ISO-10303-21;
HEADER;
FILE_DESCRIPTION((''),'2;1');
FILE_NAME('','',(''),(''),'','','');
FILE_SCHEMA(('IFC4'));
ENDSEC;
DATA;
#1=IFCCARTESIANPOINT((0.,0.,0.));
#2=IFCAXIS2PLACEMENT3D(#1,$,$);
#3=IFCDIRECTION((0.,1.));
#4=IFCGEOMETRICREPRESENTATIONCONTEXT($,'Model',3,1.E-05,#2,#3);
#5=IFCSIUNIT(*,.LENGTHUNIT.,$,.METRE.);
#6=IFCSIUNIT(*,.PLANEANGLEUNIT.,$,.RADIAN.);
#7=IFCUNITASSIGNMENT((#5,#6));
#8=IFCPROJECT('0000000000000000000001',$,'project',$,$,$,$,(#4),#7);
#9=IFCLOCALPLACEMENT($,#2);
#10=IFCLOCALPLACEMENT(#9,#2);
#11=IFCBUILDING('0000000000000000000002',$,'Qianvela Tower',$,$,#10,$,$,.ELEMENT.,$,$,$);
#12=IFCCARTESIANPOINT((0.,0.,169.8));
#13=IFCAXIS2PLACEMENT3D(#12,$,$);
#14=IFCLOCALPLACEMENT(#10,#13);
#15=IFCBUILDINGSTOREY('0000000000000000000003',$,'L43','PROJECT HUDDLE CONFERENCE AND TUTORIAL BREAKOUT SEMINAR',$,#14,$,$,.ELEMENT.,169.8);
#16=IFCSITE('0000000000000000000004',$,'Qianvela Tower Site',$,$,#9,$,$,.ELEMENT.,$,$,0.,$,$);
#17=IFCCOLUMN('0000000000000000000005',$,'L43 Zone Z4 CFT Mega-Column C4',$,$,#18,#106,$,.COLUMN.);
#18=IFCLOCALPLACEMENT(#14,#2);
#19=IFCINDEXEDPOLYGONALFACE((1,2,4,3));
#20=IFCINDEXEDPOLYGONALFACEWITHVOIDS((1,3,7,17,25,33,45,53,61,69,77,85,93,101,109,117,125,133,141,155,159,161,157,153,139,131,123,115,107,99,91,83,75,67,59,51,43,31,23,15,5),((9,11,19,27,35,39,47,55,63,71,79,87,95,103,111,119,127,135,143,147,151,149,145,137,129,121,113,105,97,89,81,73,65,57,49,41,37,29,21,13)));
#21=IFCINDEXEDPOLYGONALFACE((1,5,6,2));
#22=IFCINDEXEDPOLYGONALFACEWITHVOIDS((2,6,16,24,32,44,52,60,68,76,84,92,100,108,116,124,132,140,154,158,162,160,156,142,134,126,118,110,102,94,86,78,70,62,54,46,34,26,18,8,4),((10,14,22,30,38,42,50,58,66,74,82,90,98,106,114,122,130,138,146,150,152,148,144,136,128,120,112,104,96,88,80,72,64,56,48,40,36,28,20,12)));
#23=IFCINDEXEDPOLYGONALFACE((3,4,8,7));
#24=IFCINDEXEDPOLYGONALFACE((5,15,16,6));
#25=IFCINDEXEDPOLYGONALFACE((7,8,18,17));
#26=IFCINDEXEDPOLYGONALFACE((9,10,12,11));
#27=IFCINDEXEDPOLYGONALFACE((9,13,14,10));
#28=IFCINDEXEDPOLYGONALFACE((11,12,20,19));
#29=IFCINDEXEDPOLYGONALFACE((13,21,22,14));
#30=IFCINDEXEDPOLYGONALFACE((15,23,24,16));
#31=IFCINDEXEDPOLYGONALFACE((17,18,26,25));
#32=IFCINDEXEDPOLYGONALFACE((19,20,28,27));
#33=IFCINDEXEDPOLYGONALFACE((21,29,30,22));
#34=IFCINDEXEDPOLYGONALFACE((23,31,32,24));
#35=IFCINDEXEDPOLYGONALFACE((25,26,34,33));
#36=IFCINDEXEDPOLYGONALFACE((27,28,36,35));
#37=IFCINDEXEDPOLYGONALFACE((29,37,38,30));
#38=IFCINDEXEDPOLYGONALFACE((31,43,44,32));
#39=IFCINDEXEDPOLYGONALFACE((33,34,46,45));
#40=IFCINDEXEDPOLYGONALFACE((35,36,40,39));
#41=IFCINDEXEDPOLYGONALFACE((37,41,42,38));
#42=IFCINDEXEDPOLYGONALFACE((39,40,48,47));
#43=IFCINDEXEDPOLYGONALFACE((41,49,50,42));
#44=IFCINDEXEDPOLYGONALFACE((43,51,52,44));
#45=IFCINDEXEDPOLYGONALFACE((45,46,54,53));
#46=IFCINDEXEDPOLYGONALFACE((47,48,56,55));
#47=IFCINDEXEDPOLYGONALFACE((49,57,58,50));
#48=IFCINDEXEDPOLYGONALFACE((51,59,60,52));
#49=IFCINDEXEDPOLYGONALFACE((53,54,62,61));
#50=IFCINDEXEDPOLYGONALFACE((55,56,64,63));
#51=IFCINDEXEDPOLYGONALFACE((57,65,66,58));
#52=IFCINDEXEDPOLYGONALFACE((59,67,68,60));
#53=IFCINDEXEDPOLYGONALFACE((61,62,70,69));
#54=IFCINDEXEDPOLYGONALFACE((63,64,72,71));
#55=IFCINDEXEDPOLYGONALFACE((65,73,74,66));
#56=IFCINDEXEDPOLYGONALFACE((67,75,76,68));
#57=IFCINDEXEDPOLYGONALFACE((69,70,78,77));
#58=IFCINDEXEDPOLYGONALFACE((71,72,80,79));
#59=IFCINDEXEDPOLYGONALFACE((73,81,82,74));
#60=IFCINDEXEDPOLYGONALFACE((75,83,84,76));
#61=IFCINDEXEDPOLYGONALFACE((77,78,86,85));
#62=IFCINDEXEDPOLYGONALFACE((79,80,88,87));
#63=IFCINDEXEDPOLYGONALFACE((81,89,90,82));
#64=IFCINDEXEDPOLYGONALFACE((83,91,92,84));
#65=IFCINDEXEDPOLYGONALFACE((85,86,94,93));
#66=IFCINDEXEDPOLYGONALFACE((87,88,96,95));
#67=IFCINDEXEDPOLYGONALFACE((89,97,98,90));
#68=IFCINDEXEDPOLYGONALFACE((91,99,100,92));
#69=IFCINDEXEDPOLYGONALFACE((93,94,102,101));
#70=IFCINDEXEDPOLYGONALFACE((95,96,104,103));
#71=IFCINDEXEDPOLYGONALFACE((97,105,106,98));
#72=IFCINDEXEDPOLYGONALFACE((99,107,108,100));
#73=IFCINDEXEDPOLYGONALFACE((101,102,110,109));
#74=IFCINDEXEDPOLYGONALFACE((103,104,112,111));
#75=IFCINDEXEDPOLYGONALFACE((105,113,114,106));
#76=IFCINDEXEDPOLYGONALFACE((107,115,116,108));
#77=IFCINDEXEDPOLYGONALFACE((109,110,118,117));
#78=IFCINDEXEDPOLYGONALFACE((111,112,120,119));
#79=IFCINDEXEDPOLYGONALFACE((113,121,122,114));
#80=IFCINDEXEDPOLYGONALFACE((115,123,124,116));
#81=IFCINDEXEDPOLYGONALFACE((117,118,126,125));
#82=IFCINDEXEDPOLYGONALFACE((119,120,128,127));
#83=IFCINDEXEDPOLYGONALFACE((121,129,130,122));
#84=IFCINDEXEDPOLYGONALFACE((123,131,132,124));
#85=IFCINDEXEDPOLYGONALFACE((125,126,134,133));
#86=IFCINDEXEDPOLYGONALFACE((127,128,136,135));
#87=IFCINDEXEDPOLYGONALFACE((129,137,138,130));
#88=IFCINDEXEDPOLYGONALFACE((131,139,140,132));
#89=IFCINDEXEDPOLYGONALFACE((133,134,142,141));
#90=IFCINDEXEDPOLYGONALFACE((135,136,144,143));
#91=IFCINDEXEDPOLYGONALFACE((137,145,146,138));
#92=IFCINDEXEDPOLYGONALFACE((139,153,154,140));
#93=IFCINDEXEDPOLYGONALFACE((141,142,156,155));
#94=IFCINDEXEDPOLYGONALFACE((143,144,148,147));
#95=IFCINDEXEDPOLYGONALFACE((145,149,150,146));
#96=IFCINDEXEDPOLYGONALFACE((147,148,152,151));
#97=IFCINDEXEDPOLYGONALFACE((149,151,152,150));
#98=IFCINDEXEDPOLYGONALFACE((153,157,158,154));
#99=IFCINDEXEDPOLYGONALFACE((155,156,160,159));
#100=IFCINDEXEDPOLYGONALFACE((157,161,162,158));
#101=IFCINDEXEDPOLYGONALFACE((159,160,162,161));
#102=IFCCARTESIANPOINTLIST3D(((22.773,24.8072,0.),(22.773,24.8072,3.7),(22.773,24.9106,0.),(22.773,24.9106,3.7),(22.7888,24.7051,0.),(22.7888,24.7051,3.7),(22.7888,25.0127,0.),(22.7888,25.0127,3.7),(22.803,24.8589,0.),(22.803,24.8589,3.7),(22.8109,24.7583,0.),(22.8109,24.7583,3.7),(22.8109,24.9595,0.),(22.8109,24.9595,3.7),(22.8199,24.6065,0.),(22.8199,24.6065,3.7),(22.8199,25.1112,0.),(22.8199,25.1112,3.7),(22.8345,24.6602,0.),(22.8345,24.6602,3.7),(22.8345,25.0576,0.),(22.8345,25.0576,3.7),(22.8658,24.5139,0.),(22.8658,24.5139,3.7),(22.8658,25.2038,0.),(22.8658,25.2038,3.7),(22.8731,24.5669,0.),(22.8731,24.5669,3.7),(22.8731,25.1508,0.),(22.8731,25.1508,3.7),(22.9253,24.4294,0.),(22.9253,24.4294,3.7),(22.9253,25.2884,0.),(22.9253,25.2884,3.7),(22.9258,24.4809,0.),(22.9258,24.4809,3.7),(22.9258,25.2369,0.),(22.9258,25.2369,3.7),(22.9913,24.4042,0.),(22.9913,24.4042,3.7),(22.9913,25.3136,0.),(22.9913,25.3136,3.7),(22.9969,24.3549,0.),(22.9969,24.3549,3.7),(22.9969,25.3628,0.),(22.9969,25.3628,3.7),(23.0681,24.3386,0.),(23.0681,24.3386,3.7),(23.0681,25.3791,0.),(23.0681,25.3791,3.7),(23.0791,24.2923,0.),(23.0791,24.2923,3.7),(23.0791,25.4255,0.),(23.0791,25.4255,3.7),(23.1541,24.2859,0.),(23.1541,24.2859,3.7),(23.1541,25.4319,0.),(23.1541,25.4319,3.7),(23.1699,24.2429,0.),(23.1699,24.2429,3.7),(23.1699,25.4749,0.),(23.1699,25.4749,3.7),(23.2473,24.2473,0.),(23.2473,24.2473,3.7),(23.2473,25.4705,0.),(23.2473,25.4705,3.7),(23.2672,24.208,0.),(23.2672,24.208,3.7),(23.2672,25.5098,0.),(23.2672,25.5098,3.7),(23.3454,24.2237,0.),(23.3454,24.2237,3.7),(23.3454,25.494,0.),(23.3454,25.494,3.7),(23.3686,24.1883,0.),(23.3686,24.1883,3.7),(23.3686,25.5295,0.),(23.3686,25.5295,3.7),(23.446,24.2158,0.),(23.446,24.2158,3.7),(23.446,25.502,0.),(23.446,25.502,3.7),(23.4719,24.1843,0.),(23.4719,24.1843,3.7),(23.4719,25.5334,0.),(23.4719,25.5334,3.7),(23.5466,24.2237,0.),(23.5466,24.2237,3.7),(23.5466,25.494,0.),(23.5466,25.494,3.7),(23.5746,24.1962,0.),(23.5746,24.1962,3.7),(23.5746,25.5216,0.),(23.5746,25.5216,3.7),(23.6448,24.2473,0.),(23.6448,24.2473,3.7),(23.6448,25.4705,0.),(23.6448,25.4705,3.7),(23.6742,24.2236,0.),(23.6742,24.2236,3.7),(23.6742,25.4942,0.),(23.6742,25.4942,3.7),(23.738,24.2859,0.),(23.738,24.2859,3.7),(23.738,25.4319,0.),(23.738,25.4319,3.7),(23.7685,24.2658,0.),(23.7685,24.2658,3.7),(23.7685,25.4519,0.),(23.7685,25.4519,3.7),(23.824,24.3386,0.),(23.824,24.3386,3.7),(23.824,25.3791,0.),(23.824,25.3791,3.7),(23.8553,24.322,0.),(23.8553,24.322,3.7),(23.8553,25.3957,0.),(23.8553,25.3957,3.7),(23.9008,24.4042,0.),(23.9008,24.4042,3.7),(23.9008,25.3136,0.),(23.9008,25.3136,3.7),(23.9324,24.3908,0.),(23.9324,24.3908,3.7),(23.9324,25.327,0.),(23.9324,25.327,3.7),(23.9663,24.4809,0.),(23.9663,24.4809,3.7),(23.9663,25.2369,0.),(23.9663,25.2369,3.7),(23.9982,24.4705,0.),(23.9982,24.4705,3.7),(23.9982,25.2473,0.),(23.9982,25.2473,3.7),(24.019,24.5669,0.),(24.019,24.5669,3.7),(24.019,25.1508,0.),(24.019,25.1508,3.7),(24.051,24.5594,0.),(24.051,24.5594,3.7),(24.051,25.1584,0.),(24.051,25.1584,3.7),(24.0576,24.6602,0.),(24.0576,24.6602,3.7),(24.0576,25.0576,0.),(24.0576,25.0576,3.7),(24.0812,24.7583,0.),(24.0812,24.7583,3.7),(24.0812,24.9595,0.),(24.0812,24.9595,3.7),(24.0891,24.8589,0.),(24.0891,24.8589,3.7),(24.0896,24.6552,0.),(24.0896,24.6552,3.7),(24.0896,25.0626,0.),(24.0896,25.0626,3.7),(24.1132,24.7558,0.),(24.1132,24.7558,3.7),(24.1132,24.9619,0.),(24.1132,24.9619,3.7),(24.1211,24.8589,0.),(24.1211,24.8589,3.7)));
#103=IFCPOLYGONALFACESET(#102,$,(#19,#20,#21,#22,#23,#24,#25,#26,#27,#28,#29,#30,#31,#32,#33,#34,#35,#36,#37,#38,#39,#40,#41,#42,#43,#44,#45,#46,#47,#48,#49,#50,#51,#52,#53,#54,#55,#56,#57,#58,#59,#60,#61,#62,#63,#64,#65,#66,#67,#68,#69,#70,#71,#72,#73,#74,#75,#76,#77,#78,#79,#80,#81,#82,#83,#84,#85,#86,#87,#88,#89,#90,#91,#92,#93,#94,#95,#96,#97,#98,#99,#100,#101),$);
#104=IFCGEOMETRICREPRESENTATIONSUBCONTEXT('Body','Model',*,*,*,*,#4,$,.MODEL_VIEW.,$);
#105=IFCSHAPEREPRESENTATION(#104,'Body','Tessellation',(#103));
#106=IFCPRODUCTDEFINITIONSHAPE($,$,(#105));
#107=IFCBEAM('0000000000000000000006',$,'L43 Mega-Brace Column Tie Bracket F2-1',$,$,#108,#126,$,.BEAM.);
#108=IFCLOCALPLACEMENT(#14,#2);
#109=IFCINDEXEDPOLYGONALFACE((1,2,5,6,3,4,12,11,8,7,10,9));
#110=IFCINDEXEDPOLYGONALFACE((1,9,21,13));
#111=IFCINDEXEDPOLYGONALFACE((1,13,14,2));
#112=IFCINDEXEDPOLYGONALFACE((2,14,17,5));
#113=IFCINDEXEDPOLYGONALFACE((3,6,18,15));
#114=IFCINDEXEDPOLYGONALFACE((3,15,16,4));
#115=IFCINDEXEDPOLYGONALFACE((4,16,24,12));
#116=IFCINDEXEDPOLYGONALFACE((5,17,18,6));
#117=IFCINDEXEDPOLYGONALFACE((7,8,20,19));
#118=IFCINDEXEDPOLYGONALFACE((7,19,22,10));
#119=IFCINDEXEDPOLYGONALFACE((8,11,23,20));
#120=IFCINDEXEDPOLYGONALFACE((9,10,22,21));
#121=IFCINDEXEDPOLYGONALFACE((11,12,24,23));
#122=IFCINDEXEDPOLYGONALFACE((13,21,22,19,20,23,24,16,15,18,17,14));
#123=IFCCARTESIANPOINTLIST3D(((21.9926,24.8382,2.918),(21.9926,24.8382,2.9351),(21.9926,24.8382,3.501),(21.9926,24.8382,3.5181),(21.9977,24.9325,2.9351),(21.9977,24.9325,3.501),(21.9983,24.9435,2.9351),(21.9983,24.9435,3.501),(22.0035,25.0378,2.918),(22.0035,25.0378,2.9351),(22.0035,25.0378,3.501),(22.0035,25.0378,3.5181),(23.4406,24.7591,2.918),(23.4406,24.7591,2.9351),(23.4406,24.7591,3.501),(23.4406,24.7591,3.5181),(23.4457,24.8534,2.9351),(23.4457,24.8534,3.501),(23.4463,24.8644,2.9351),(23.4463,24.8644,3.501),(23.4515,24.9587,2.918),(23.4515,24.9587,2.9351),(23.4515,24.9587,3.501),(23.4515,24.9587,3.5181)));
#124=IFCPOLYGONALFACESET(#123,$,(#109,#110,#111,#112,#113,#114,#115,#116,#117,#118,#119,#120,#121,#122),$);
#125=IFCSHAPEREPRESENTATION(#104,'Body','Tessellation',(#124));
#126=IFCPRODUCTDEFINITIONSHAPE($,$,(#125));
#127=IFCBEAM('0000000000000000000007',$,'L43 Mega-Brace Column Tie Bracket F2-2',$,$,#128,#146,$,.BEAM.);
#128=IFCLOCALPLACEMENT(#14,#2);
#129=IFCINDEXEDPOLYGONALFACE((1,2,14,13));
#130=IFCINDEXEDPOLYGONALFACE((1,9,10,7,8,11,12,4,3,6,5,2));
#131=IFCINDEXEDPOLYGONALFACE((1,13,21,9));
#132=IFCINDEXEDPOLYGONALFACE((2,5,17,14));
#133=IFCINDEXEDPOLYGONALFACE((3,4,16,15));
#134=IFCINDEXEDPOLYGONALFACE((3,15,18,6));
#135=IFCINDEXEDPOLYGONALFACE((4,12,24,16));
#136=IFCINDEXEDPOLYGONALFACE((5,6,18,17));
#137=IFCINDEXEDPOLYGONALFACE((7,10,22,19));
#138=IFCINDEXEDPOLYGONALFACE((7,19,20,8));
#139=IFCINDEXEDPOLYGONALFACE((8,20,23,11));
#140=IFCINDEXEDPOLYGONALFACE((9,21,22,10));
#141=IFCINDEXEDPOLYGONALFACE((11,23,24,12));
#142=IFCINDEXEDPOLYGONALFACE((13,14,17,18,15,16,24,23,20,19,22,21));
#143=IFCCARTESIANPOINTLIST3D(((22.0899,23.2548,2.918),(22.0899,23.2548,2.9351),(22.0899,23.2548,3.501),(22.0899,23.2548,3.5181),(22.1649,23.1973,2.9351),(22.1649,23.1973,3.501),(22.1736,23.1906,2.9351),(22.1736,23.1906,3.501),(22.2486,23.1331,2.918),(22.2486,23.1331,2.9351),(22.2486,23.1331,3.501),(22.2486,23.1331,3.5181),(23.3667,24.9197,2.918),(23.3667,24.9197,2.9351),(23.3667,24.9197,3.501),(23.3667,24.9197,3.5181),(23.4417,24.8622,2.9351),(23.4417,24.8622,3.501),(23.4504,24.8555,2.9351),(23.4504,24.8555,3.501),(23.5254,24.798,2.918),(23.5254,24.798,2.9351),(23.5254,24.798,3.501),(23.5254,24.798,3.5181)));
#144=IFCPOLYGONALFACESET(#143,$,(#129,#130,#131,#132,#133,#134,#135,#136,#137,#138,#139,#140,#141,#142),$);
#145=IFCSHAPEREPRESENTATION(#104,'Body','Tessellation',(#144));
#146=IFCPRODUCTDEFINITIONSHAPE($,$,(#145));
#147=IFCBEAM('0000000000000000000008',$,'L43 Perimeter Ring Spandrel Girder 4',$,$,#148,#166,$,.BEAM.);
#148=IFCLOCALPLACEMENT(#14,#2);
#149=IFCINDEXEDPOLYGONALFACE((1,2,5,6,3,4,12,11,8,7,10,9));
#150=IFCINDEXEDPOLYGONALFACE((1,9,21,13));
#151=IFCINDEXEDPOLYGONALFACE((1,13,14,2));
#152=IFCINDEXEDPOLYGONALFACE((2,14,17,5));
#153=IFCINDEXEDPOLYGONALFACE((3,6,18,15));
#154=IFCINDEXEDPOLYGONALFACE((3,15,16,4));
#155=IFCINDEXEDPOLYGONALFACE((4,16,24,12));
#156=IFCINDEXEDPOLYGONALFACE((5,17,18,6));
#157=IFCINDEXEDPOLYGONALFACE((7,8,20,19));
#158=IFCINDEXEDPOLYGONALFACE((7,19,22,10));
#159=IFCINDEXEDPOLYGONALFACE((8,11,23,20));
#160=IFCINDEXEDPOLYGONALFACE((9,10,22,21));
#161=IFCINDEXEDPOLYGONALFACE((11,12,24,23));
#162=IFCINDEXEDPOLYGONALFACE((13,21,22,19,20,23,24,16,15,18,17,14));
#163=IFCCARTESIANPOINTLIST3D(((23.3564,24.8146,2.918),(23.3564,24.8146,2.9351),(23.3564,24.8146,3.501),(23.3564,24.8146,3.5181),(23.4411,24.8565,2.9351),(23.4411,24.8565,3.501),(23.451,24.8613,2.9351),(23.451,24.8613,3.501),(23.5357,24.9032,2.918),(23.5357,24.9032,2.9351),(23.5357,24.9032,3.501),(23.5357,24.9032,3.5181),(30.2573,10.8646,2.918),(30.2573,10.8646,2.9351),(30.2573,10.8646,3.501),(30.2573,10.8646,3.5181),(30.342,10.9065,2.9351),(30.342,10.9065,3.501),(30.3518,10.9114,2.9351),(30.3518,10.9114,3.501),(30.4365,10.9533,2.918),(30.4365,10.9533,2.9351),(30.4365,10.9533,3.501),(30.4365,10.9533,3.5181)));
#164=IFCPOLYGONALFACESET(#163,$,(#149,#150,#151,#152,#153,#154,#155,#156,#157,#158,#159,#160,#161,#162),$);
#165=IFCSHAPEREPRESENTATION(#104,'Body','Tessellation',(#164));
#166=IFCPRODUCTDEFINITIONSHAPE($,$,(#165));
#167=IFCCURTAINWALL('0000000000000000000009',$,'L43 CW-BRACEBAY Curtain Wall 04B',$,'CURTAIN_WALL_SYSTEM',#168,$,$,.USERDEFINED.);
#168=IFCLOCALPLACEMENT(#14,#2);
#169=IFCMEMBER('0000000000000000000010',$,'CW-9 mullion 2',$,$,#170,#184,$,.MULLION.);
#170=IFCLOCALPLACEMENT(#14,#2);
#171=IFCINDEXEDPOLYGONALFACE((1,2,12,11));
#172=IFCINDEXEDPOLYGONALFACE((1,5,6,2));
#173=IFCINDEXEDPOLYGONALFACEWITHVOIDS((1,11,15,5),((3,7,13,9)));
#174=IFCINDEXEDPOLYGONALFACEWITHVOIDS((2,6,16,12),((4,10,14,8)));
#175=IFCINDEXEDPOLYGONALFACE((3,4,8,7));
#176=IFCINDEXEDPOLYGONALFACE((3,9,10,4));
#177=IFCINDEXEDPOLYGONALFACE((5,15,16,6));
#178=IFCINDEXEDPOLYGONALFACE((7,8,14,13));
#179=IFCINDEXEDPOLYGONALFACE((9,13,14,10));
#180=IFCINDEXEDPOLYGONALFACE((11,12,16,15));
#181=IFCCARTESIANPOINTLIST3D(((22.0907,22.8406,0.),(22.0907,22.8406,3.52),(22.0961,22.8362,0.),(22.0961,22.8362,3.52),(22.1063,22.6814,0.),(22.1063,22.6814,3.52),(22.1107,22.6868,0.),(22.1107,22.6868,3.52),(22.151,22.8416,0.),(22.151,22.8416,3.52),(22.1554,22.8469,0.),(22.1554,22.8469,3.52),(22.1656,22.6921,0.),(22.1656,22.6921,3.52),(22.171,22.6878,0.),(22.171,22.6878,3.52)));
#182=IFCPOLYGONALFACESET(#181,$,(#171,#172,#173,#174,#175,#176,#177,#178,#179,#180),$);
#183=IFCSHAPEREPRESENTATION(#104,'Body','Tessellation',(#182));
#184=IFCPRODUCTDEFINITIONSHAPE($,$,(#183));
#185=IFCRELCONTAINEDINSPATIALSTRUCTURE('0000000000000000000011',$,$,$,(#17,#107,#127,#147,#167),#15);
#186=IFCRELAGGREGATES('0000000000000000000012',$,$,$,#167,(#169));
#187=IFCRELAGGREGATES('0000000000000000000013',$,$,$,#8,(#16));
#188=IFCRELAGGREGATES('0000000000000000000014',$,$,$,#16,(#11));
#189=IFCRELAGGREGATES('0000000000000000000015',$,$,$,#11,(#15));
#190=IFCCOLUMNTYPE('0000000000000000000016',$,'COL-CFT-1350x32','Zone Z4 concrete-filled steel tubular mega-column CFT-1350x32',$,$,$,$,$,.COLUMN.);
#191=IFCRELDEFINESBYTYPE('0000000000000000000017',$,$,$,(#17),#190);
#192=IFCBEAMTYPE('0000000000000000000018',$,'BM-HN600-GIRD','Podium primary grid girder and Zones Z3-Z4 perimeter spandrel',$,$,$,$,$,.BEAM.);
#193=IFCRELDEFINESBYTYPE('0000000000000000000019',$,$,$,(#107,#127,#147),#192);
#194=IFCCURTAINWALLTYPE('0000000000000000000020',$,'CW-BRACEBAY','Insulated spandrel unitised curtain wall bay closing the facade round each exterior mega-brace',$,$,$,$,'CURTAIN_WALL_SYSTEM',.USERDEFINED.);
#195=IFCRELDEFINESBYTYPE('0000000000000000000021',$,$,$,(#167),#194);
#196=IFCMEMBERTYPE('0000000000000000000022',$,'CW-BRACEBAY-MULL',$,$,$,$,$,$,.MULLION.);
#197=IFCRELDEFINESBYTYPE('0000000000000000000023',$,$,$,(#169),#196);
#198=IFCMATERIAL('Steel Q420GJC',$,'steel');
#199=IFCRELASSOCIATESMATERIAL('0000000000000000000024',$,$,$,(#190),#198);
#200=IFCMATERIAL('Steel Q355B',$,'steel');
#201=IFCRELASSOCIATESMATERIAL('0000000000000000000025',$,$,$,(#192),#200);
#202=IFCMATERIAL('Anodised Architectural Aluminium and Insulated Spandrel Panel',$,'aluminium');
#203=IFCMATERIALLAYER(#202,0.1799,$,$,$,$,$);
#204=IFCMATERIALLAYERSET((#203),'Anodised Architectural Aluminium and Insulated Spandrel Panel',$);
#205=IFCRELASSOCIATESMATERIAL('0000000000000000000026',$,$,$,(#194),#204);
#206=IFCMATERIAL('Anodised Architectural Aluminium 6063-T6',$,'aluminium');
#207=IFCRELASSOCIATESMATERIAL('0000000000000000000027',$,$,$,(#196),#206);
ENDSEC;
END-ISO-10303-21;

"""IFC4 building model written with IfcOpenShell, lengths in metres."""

from ifc_helpers import new_model, si_unit, direction, frame, origin, origin_2d, place, context, subcontext, project, spatial, hollow_rectangle, hollow_circle, i_section, extrude, material, layer, layer_set, material_profile, profile_set, type_object, element, aggregate, save


model = new_model("IFC4")

# Units and contexts
model_context = context("Model", 3, precision=1e-05, world=origin(), true_north=direction((0.0, 1.0)))
body_context = subcontext(model_context, "Body", "Model", "MODEL_VIEW")
ifc_project = project(units=[si_unit("LENGTHUNIT", "METRE"), si_unit("PLANEANGLEUNIT", "RADIAN")], contexts=[model_context])

# Site, building, storey
site_placement = place(None, origin())
site = spatial("IfcSite", under=ifc_project, at=site_placement, Name="Qianvela Tower Site", CompositionType="ELEMENT", RefElevation=0.0)
building_placement = place(site_placement, origin())
building = spatial("IfcBuilding", under=site, at=building_placement, Name="Qianvela Tower", CompositionType="ELEMENT")
storey_placement = place(building_placement, frame((0.0, 0.0, 169.8)))
storey = spatial("IfcBuildingStorey", under=building, at=storey_placement, Name="L43", Description="PROJECT HUDDLE CONFERENCE AND TUTORIAL BREAKOUT SEMINAR", CompositionType="ELEMENT", Elevation=169.8)

# Column
ifc_material_1 = material(Name="Steel Q420GJC", Category="steel")
ifc_material_profile_1 = material_profile(ifc_material_1, hollow_circle(Radius=0.675, WallThickness=0.032, at=origin_2d()), Name="CFT-1350x32")
ifc_profile_set_1 = profile_set([ifc_material_profile_1], Name="Steel Q420GJC")
column_type = type_object("IfcColumnType", Name="COL-CFT-1350x32", Description="Zone Z4 concrete-filled steel tubular mega-column CFT-1350x32", PredefinedType="COLUMN", material=ifc_profile_set_1)
column_placement = place(storey_placement, frame((23.446, 24.8589, 0.0), z_axis=(0.0, 0.0, 1.0), x_axis=(1.0, 0.0, 0.0)))
element("IfcColumn", 1, at=column_placement, inside=storey, type_object=column_type, Name="L43 Zone Z4 CFT Mega-Column C4", PredefinedType="COLUMN", context=body_context, shape_type="SweptSolid", body=[
    extrude(hollow_circle(Radius=0.675, WallThickness=0.032, at=origin_2d()), origin(), (0.0, 0.0, 1.0), 3.7),
])

# Beams
ifc_material_2 = material(Name="Steel Q355B", Category="steel")
ifc_material_profile_2 = material_profile(ifc_material_2, i_section(OverallWidth=0.2, OverallDepth=0.6001, WebThickness=0.011, FlangeThickness=0.0171, at=origin_2d()), Name="HN600x200x11x17")
ifc_profile_set_2 = profile_set([ifc_material_profile_2], Name="Steel Q355B")
beam_type = type_object("IfcBeamType", Name="BM-HN600-GIRD", Description="Podium primary grid girder and Zones Z3-Z4 perimeter spandrel", PredefinedType="BEAM", material=ifc_profile_set_2)
beam_1_placement = place(storey_placement, frame((23.446, 24.8589, 3.218), z_axis=(-0.998511, 0.054547, 0.0), x_axis=(-0.054547, -0.998511, 0.0)))
element("IfcBeam", 2, at=beam_1_placement, inside=storey, type_object=beam_type, Name="L43 Mega-Brace Column Tie Bracket F2-1", PredefinedType="BEAM", context=body_context, shape_type="SweptSolid", body=[
    extrude(i_section(OverallWidth=0.2, OverallDepth=0.6001, WebThickness=0.011, FlangeThickness=0.0171, at=origin_2d()), origin(), (0.0, 0.0, 1.0), 1.4502),
])
beam_2_placement = place(storey_placement, frame((23.446, 24.8589, 3.218), z_axis=(-0.608529, -0.793531, 0.0), x_axis=(0.793531, -0.608529, 0.0)))
element("IfcBeam", 3, at=beam_2_placement, inside=storey, type_object=beam_type, Name="L43 Mega-Brace Column Tie Bracket F2-2", PredefinedType="BEAM", context=body_context, shape_type="SweptSolid", body=[
    extrude(i_section(OverallWidth=0.2, OverallDepth=0.6001, WebThickness=0.011, FlangeThickness=0.0171, at=origin_2d()), origin(), (0.0, 0.0, 1.0), 2.0981),
])
beam_3_placement = place(storey_placement, frame((23.446, 24.8589, 3.218), z_axis=(0.443401, -0.896323, 0.0), x_axis=(0.896323, 0.443401, 0.0)))
element("IfcBeam", 4, at=beam_3_placement, inside=storey, type_object=beam_type, Name="L43 Perimeter Ring Spandrel Girder 4", PredefinedType="BEAM", context=body_context, shape_type="SweptSolid", body=[
    extrude(i_section(OverallWidth=0.2, OverallDepth=0.6001, WebThickness=0.011, FlangeThickness=0.0171, at=origin_2d()), origin(), (0.0, 0.0, 1.0), 15.5635),
])

# Curtain wall, member
ifc_material_3 = material(Name="Anodised Architectural Aluminium and Insulated Spandrel Panel", Category="aluminium")
ifc_layer_1 = layer(ifc_material_3, 0.1799)
ifc_layer_set_1 = layer_set([ifc_layer_1], Name="Anodised Architectural Aluminium and Insulated Spandrel Panel")
curtain_wall_type_1 = type_object("IfcCurtainWallType", Name="CW-BRACEBAY", Description="Insulated spandrel unitised curtain wall bay closing the facade round each exterior mega-brace", ElementType="CURTAIN_WALL_SYSTEM", PredefinedType="USERDEFINED", material=ifc_layer_set_1)
curtain_wall_1_placement = place(storey_placement, origin())
curtain_wall_1 = element("IfcCurtainWall", 5, at=curtain_wall_1_placement, inside=storey, type_object=curtain_wall_type_1, Name="L43 CW-BRACEBAY Curtain Wall 04B", ObjectType="CURTAIN_WALL_SYSTEM", PredefinedType="USERDEFINED")
ifc_material_4 = material(Name="Anodised Architectural Aluminium 6063-T6", Category="aluminium")
ifc_material_profile_3 = material_profile(ifc_material_4, hollow_rectangle(XDim=0.0649, YDim=0.1599, WallThickness=0.0049, at=origin_2d()), Name="ALU-MULL-65x160")
ifc_profile_set_3 = profile_set([ifc_material_profile_3], Name="Anodised Architectural Aluminium 6063-T6")
member_type_1 = type_object("IfcMemberType", Name="CW-BRACEBAY-MULL", PredefinedType="MULLION", material=ifc_profile_set_3)
member_1_placement = place(storey_placement, frame((22.1309, 22.7642, 0.0), z_axis=(0.0, 0.0, 1.0), x_axis=(0.995228, 0.097577, 0.0)))
member_1 = element("IfcMember", 6, at=member_1_placement, type_object=member_type_1, Name="CW-9 mullion 2", PredefinedType="MULLION", context=body_context, shape_type="SweptSolid", body=[
    extrude(hollow_rectangle(XDim=0.0649, YDim=0.1599, WallThickness=0.0049, at=origin_2d()), origin(), (0.0, 0.0, 1.0), 3.52),
])

aggregate(curtain_wall_1, [member_1])

save(model, "model.ifc")
